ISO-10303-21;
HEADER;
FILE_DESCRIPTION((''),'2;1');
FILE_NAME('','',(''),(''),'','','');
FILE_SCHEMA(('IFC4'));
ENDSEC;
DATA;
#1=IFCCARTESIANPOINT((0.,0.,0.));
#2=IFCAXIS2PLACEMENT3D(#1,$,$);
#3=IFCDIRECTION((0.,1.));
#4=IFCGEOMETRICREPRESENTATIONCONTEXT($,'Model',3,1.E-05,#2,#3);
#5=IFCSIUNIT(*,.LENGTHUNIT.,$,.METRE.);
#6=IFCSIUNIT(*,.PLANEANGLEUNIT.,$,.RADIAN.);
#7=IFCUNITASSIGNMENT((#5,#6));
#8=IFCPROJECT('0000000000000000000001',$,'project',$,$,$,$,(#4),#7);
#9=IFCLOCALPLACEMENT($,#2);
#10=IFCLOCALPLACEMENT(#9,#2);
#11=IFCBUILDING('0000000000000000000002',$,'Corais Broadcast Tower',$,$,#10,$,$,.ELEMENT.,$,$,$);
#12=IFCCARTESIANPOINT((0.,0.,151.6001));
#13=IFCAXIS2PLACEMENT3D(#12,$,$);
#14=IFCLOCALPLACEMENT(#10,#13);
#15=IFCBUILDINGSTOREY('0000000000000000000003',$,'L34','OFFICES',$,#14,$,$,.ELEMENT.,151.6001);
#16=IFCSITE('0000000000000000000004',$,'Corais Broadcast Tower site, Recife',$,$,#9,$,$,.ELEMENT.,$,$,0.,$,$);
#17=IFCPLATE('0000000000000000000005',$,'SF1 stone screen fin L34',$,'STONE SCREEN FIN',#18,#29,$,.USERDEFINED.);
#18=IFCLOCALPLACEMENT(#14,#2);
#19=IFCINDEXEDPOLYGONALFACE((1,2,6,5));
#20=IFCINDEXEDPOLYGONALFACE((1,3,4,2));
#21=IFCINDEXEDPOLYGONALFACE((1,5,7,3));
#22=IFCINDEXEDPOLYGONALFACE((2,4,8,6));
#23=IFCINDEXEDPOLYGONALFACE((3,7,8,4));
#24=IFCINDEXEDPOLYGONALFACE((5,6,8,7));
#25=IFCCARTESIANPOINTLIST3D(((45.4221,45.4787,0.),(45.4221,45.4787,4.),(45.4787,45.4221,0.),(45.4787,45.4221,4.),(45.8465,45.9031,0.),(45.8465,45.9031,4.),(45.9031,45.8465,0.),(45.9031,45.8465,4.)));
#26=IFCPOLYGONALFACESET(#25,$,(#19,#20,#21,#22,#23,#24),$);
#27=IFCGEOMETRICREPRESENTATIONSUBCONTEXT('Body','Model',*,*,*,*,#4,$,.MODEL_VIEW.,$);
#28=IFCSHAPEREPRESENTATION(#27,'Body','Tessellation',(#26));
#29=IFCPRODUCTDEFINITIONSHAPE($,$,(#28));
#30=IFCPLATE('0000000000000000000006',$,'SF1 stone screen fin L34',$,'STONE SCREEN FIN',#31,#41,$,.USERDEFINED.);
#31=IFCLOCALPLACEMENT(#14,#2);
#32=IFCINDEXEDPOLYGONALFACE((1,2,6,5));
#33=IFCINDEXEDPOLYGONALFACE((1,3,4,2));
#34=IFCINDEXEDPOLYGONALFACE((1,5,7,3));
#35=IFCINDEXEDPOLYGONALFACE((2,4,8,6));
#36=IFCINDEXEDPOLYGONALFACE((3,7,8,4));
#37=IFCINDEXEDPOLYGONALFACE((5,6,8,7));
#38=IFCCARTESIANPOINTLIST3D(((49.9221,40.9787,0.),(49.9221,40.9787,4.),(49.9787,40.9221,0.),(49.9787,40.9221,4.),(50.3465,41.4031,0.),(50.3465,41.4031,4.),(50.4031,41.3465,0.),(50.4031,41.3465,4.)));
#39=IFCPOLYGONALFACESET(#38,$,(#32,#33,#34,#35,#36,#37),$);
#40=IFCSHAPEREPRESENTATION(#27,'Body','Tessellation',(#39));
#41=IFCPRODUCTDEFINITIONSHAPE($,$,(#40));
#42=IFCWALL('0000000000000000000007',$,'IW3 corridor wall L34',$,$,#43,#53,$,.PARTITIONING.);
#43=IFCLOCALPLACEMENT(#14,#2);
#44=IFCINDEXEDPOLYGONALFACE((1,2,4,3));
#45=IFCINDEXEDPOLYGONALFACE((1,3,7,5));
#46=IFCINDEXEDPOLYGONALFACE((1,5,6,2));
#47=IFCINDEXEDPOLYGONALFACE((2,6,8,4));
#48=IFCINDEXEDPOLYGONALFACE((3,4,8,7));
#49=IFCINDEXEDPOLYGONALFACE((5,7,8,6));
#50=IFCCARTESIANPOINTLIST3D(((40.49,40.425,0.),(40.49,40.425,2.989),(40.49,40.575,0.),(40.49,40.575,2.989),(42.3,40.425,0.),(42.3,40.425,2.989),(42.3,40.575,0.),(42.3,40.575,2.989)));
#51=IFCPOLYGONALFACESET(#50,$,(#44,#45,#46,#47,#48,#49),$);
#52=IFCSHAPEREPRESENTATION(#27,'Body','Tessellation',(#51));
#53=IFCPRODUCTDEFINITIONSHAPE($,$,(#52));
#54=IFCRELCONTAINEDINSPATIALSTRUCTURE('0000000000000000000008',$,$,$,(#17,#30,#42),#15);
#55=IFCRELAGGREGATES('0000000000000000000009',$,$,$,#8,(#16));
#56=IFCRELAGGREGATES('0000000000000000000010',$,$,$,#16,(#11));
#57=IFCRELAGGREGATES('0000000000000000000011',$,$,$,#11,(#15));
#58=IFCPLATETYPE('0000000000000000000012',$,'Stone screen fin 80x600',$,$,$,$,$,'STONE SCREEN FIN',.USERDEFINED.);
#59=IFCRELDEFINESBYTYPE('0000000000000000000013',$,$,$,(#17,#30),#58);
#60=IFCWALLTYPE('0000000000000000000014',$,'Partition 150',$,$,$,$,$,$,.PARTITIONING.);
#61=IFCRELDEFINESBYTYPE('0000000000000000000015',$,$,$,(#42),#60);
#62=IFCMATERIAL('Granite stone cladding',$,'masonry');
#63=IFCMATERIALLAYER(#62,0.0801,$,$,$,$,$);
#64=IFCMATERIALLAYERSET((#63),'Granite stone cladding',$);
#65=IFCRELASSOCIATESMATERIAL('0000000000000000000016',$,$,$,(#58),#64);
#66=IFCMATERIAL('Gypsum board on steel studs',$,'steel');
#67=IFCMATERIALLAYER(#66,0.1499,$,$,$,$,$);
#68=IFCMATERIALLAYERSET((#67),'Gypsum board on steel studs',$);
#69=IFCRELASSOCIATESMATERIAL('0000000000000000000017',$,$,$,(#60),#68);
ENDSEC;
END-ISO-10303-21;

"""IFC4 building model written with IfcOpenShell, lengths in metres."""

from ifc_helpers import new_model, si_unit, direction, frame, frame_2d, origin, origin_2d, place, context, subcontext, project, spatial, rectangle, extrude, material, layer, layer_set, type_object, element, save


model = new_model("IFC4")

# Units and contexts
model_context = context("Model", 3, precision=1e-05, world=origin(), true_north=direction((0.0, 1.0)))
body_context = subcontext(model_context, "Body", "Model", "MODEL_VIEW")
ifc_project = project(units=[si_unit("LENGTHUNIT", "METRE"), si_unit("PLANEANGLEUNIT", "RADIAN")], contexts=[model_context])

# Site, building, storey
site_placement = place(None, origin())
site = spatial("IfcSite", under=ifc_project, at=site_placement, Name="Corais Broadcast Tower site, Recife", CompositionType="ELEMENT", RefElevation=0.0)
building_placement = place(site_placement, origin())
building = spatial("IfcBuilding", under=site, at=building_placement, Name="Corais Broadcast Tower", CompositionType="ELEMENT")
storey_placement = place(building_placement, frame((0.0, 0.0, 151.6001)))
storey = spatial("IfcBuildingStorey", under=building, at=storey_placement, Name="L34", Description="OFFICES", CompositionType="ELEMENT", Elevation=151.6001)

# Plates
ifc_material_1 = material(Name="Granite stone cladding", Category="masonry")
ifc_layer_1 = layer(ifc_material_1, 0.0801)
ifc_layer_set_1 = layer_set([ifc_layer_1], Name="Granite stone cladding")
plate_type_1 = type_object("IfcPlateType", Name="Stone screen fin 80x600", ElementType="STONE SCREEN FIN", PredefinedType="USERDEFINED", material=ifc_layer_set_1)
for number, where, z_axis, x_axis, name in (
    (1, (45.6626, 45.6626, 0.0), (0.0, 0.0, 1.0), (0.707107, -0.707107, 0.0), "SF1 stone screen fin L34"),
    (2, (50.1626, 41.1626, 0.0), (0.0, 0.0, 1.0), (0.707107, -0.707107, 0.0), "SF1 stone screen fin L34"),
):
    element("IfcPlate", number, at=place(storey_placement, frame(where, z_axis=z_axis, x_axis=x_axis)), inside=storey, type_object=plate_type_1, Name=name, ObjectType="STONE SCREEN FIN", PredefinedType="USERDEFINED", context=body_context, shape_type="SweptSolid", body=[
        extrude(rectangle(XDim=0.0801, YDim=0.6001, at=origin_2d()), origin(), (0.0, 0.0, 1.0), 4.0),
    ])

# Wall
ifc_material_2 = material(Name="Gypsum board on steel studs", Category="steel")
ifc_layer_2 = layer(ifc_material_2, 0.1499)
ifc_layer_set_2 = layer_set([ifc_layer_2], Name="Gypsum board on steel studs")
wall_type = type_object("IfcWallType", Name="Partition 150", PredefinedType="PARTITIONING", material=ifc_layer_set_2)
wall_placement = place(storey_placement, frame((42.3, 40.5, 0.0), z_axis=(0.0, 0.0, 1.0), x_axis=(-1.0, 0.0, 0.0)))
element("IfcWall", 3, at=wall_placement, inside=storey, type_object=wall_type, Name="IW3 corridor wall L34", PredefinedType="PARTITIONING", context=body_context, shape_type="SweptSolid", body=[
    extrude(rectangle(XDim=1.8101, YDim=0.1499, at=frame_2d((0.905, 0.0))), origin(), (0.0, 0.0, 1.0), 2.989),
])

save(model, "model.ifc")
